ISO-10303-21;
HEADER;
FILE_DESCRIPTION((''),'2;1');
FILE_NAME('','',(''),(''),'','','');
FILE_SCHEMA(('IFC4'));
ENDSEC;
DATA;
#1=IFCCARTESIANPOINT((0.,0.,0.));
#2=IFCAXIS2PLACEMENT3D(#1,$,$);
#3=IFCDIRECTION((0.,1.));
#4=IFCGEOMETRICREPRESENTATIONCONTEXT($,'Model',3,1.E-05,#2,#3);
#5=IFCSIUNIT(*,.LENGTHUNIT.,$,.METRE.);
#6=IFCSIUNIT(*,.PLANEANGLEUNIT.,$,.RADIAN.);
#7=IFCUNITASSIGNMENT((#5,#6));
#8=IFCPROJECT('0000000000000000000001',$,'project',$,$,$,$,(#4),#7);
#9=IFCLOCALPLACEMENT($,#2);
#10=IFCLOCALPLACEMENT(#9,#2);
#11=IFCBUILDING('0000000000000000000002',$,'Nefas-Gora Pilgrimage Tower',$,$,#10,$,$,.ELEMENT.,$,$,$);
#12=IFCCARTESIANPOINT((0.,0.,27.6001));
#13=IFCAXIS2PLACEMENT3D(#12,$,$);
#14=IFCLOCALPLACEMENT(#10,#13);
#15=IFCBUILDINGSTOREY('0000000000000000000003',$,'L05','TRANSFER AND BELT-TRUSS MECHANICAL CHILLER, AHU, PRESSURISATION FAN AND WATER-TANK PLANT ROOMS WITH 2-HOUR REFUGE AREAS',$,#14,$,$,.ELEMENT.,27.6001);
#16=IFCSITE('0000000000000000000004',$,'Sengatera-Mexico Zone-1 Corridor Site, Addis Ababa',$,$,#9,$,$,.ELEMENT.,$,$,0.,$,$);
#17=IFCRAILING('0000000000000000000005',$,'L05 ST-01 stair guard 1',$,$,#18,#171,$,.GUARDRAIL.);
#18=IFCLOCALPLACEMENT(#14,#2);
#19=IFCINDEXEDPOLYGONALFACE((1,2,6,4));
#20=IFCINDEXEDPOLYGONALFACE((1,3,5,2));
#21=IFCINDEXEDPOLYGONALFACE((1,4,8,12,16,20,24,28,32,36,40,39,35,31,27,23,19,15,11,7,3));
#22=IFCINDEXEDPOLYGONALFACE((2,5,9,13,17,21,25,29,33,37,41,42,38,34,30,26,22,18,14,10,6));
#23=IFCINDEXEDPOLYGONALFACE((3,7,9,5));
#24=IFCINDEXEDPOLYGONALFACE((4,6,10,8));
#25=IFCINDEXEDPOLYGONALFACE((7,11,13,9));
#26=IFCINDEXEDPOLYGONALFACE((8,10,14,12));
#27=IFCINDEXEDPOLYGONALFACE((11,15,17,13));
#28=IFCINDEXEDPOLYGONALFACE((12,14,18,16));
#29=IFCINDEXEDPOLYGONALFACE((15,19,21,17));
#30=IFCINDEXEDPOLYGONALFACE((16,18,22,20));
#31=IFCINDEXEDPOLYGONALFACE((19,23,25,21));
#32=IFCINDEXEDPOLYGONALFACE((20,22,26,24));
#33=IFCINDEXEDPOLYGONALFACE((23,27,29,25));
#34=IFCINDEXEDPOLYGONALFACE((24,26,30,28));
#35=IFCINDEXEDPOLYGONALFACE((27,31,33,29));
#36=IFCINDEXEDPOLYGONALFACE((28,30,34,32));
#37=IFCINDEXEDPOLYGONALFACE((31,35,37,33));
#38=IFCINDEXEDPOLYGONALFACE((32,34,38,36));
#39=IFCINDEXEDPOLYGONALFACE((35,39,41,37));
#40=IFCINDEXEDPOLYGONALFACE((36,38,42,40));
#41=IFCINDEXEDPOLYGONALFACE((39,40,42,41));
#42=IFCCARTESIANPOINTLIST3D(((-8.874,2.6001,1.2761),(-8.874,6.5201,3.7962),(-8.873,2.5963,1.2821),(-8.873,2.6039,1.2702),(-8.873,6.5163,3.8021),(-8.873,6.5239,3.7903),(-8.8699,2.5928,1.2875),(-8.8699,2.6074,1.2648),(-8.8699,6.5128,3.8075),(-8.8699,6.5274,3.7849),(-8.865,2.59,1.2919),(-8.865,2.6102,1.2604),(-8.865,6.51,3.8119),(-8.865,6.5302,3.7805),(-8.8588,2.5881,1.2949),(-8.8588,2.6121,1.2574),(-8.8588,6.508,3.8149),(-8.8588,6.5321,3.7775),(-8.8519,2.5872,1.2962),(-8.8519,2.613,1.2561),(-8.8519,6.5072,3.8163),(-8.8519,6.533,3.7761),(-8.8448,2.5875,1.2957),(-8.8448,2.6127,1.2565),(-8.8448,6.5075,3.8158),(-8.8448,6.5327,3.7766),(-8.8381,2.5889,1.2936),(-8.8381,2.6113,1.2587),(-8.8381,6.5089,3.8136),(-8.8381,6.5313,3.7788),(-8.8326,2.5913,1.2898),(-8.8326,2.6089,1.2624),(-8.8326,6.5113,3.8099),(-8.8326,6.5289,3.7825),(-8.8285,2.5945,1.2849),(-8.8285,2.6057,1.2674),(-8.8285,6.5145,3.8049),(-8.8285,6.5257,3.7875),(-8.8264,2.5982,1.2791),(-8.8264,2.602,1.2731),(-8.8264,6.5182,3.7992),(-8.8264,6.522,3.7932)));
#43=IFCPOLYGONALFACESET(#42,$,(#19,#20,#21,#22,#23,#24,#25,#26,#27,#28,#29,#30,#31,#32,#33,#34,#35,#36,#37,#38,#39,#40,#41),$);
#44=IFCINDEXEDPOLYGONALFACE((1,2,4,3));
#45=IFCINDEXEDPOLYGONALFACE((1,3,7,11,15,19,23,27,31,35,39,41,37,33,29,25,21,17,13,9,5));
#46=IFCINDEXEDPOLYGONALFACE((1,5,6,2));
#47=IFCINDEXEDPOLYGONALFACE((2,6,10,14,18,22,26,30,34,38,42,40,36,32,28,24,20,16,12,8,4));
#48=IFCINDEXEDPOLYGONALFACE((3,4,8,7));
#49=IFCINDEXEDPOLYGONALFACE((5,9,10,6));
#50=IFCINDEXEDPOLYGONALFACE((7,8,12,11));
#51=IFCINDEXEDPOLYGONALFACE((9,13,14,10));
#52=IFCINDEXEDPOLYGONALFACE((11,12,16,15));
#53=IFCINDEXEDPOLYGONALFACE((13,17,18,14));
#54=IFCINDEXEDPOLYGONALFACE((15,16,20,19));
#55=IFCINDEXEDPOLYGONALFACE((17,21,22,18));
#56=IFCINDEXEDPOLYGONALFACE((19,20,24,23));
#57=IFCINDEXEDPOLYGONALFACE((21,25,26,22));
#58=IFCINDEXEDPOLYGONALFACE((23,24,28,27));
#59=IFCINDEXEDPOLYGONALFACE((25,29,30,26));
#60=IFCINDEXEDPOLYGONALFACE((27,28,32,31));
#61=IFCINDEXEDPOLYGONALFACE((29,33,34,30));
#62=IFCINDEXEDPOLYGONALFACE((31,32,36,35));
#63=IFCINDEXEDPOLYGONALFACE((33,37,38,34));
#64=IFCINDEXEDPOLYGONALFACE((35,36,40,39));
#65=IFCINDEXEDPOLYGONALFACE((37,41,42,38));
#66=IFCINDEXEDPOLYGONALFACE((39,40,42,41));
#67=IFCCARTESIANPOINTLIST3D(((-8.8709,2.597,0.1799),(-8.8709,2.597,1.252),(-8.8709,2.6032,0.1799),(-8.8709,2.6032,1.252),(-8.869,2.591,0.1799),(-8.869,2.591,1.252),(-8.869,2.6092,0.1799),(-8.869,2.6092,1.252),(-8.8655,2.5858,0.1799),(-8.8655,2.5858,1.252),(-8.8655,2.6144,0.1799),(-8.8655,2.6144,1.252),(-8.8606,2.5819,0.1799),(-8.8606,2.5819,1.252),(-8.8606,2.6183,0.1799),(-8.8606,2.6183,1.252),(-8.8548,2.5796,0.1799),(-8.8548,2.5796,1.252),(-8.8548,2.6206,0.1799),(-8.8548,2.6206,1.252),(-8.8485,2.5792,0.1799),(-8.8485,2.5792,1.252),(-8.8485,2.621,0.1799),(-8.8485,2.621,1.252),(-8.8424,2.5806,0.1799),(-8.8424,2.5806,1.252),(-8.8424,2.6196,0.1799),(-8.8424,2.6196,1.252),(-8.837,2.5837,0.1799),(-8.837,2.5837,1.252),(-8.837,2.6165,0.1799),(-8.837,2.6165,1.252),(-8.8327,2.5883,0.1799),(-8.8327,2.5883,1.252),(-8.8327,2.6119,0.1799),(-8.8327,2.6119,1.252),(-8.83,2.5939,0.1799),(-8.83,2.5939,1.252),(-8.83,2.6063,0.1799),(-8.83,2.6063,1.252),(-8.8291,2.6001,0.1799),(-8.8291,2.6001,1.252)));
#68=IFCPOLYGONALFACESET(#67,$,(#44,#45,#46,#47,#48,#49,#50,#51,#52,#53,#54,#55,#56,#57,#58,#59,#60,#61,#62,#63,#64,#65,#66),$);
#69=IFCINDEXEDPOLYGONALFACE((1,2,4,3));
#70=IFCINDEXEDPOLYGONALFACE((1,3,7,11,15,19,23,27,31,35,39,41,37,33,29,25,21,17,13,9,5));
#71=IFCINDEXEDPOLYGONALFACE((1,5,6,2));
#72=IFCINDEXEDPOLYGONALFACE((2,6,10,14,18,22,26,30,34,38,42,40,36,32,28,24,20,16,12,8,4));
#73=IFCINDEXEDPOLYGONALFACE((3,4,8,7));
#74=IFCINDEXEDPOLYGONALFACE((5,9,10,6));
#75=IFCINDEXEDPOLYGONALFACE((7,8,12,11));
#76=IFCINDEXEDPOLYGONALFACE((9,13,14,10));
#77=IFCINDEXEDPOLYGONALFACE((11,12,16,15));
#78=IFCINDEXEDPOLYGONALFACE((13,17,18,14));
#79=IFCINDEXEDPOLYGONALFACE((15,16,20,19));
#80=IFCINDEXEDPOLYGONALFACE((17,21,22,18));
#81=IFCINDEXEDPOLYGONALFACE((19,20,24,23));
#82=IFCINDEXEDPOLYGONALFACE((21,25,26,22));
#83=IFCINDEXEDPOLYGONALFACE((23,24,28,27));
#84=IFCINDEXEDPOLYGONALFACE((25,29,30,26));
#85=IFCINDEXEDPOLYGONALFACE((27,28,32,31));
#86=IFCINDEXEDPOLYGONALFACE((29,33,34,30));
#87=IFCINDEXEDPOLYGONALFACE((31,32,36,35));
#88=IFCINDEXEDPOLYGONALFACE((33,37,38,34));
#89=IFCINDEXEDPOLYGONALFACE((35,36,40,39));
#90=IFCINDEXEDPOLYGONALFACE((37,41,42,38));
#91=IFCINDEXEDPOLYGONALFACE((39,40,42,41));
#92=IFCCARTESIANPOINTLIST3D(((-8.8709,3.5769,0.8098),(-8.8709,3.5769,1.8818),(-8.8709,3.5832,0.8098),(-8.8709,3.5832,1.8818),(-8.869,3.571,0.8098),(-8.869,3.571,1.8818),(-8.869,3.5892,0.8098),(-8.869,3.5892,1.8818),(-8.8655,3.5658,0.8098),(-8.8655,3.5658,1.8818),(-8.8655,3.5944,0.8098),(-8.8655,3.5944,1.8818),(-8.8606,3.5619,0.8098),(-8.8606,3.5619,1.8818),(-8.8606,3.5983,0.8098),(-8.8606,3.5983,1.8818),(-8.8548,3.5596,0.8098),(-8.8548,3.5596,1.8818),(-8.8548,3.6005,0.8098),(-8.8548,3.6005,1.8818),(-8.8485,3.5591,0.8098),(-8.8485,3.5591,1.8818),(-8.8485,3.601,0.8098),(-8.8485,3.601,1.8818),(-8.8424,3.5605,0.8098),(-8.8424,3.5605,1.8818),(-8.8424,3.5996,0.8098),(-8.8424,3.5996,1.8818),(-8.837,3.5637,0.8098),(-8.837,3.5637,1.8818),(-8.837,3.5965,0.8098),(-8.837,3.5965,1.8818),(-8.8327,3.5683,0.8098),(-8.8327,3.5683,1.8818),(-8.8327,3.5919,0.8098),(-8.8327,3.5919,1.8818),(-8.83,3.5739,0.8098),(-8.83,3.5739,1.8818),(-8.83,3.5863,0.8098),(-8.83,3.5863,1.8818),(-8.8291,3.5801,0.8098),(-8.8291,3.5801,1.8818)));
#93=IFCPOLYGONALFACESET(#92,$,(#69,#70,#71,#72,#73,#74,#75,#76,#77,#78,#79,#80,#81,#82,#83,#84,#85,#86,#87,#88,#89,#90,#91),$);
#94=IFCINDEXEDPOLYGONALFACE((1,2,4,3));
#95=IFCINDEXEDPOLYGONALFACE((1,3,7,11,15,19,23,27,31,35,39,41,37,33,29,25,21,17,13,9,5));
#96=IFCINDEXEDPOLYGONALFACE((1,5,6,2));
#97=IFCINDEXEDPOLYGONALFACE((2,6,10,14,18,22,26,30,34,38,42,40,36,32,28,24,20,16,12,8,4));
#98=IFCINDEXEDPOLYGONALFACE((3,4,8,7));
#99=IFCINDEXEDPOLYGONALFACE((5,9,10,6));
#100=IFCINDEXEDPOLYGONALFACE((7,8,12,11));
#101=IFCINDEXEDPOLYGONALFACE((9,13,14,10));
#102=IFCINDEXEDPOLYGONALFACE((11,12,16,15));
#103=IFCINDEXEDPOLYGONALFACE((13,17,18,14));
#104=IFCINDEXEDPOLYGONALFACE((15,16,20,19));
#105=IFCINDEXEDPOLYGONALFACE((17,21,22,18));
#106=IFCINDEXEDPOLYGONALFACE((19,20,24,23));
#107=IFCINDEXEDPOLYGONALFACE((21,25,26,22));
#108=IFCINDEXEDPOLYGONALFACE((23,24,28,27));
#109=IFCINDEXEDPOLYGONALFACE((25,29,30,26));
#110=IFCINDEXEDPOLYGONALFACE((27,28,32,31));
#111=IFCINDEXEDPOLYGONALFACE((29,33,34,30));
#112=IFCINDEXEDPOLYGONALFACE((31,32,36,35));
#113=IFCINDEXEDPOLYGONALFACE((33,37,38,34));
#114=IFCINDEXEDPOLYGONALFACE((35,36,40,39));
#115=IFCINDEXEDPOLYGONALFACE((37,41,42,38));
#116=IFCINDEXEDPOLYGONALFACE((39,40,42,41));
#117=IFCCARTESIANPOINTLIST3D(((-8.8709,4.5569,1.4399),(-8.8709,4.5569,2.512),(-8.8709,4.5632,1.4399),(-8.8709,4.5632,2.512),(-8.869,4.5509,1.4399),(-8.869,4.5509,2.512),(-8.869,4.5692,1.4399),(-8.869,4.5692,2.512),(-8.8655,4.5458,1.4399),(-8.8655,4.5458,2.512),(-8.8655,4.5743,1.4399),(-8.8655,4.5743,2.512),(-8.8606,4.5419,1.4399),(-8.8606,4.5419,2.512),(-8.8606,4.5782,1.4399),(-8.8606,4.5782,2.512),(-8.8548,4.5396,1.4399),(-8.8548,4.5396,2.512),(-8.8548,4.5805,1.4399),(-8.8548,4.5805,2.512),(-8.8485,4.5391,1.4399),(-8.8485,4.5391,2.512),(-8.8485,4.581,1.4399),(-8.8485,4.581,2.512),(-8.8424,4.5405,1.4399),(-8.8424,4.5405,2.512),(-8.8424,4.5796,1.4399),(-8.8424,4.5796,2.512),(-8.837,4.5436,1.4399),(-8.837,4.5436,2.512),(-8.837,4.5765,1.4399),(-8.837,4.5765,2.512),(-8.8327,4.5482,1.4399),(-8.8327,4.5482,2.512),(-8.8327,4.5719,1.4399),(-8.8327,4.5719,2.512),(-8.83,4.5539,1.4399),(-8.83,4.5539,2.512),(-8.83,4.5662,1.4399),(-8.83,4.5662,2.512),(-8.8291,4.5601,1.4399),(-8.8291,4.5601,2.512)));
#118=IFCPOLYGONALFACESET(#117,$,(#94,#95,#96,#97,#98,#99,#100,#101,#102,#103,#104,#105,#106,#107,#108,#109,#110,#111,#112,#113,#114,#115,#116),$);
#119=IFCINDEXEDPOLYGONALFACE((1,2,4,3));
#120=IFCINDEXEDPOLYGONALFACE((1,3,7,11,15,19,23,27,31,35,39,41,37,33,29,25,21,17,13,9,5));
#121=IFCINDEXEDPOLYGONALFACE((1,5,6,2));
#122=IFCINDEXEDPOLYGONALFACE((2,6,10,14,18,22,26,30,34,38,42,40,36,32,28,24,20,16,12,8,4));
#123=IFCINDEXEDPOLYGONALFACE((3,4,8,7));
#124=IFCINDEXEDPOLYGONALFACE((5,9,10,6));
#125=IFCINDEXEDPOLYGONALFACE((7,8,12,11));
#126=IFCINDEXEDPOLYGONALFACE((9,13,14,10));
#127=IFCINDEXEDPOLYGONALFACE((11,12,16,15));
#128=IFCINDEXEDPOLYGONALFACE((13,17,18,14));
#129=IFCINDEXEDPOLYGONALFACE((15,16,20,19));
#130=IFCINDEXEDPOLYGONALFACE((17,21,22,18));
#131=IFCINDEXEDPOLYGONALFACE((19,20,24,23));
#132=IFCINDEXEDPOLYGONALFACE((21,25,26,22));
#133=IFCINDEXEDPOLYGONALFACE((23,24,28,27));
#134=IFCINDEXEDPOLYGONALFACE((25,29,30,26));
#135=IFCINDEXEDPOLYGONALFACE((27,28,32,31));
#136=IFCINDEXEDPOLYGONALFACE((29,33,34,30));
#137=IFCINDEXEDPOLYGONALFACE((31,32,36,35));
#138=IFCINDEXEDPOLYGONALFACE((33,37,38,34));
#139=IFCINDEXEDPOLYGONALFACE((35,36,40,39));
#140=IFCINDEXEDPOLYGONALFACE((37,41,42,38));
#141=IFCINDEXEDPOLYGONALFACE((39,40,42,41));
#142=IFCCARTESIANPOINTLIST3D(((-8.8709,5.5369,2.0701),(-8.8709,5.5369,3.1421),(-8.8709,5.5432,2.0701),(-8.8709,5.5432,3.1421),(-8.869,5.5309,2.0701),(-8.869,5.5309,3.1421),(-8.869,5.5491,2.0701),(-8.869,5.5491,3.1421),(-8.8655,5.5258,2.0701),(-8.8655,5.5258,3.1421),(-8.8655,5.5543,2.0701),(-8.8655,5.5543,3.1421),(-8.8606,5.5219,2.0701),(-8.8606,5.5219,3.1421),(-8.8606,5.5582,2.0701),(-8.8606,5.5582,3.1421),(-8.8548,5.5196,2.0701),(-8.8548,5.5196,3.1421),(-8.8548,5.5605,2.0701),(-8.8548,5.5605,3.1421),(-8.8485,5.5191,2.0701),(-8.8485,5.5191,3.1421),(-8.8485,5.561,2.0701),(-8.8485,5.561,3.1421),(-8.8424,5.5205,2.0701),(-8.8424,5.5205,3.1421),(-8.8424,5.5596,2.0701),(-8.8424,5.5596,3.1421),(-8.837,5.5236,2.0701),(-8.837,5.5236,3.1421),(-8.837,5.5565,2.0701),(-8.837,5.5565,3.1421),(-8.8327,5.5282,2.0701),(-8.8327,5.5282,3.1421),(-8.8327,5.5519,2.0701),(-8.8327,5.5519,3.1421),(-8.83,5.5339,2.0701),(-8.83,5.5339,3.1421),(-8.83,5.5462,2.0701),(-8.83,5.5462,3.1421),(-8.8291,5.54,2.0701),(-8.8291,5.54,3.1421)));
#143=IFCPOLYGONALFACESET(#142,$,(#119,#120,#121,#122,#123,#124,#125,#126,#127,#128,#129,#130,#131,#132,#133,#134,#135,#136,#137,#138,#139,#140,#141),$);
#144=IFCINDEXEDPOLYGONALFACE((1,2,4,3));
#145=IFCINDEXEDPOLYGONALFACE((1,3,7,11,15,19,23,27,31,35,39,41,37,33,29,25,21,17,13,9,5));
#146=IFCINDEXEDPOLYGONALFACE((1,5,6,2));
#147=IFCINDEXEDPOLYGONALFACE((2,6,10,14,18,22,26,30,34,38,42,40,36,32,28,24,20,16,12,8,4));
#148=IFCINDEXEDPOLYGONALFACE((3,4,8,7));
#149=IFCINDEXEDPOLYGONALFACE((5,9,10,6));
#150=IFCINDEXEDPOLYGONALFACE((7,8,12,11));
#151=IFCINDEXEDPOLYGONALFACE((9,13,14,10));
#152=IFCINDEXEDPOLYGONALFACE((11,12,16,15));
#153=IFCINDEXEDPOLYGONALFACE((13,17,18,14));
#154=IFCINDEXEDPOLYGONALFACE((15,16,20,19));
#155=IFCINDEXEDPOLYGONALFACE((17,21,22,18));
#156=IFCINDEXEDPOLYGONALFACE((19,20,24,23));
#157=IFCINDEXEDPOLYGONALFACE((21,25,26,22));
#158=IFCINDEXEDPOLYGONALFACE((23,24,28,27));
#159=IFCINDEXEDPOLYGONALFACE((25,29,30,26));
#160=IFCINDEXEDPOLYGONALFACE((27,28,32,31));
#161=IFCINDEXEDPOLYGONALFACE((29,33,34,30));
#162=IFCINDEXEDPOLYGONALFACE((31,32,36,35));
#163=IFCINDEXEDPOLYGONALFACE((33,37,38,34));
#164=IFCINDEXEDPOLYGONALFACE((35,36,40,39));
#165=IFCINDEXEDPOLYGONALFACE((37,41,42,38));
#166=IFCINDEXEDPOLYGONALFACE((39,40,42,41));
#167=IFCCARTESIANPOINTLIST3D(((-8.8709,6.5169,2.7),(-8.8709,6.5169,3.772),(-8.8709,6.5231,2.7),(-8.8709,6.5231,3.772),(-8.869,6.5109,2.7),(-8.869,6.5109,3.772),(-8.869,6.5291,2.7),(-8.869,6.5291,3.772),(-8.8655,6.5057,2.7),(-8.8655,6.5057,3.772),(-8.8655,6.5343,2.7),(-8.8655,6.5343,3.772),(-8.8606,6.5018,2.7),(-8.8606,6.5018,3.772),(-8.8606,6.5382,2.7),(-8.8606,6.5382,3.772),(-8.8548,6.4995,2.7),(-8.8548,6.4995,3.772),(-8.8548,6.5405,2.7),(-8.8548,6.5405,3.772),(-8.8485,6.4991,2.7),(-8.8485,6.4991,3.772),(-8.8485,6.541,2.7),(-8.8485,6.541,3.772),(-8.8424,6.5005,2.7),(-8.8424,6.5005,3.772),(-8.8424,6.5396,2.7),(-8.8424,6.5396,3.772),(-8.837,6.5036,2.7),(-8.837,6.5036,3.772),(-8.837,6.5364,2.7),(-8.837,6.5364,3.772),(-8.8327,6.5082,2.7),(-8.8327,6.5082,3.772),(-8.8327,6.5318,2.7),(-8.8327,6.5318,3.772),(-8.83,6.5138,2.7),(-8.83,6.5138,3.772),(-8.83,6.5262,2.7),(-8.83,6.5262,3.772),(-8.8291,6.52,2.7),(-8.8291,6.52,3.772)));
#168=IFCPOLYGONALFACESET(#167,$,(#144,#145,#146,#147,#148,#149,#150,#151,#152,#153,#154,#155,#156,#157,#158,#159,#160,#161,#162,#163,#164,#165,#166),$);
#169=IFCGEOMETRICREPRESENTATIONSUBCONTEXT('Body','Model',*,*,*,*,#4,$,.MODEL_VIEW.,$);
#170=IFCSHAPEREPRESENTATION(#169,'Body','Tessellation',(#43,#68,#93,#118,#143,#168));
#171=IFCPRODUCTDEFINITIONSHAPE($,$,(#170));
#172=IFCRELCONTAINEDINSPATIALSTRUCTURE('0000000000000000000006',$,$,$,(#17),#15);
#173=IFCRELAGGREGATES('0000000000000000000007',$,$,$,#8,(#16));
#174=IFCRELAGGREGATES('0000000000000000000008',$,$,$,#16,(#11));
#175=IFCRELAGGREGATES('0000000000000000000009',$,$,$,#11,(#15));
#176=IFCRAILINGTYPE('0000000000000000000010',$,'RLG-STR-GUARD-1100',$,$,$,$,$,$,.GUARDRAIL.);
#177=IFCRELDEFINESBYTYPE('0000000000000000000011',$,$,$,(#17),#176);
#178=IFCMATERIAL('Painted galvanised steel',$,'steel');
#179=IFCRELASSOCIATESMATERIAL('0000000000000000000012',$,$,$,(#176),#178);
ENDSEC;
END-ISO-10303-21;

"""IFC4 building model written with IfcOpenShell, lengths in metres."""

from ifc_helpers import new_model, si_unit, direction, frame, origin, origin_2d, place, context, subcontext, project, spatial, circle, extrude, material, type_object, element, save


model = new_model("IFC4")

# Units and contexts
model_context = context("Model", 3, precision=1e-05, world=origin(), true_north=direction((0.0, 1.0)))
body_context = subcontext(model_context, "Body", "Model", "MODEL_VIEW")
ifc_project = project(units=[si_unit("LENGTHUNIT", "METRE"), si_unit("PLANEANGLEUNIT", "RADIAN")], contexts=[model_context])

# Site, building, storey
site_placement = place(None, origin())
site = spatial("IfcSite", under=ifc_project, at=site_placement, Name="Sengatera-Mexico Zone-1 Corridor Site, Addis Ababa", CompositionType="ELEMENT", RefElevation=0.0)
building_placement = place(site_placement, origin())
building = spatial("IfcBuilding", under=site, at=building_placement, Name="Nefas-Gora Pilgrimage Tower", CompositionType="ELEMENT")
storey_placement = place(building_placement, frame((0.0, 0.0, 27.6001)))
storey = spatial("IfcBuildingStorey", under=building, at=storey_placement, Name="L05", Description="TRANSFER AND BELT-TRUSS MECHANICAL CHILLER, AHU, PRESSURISATION FAN AND WATER-TANK PLANT ROOMS WITH 2-HOUR REFUGE AREAS", CompositionType="ELEMENT", Elevation=27.6001)

# Railing
ifc_material_1 = material(Name="Painted galvanised steel", Category="steel")
railing_type_1 = type_object("IfcRailingType", Name="RLG-STR-GUARD-1100", PredefinedType="GUARDRAIL", material=ifc_material_1)
railing_1_placement = place(storey_placement, frame((-8.8501, 2.6001, 0.1799)))
element("IfcRailing", 1, at=railing_1_placement, inside=storey, type_object=railing_type_1, Name="L05 ST-01 stair guard 1", PredefinedType="GUARDRAIL", context=body_context, shape_type="SweptSolid", body=[
    extrude(circle(Radius=0.0239, at=origin_2d()), frame((0.0, 0.0, 1.0962), z_axis=(0.0, 0.841172, 0.540768), x_axis=(-1.0, 0.0, 0.0)), (0.0, 0.0, 1.0), 4.6602),
    extrude(circle(Radius=0.021, at=origin_2d()), origin(), (0.0, 0.0, 1.0), 1.072),
    extrude(circle(Radius=0.021, at=origin_2d()), frame((0.0, 0.98, 0.6299)), (0.0, 0.0, 1.0), 1.072),
    extrude(circle(Radius=0.021, at=origin_2d()), frame((0.0, 1.96, 1.26)), (0.0, 0.0, 1.0), 1.072),
    extrude(circle(Radius=0.021, at=origin_2d()), frame((0.0, 2.9399, 1.8901)), (0.0, 0.0, 1.0), 1.072),
    extrude(circle(Radius=0.021, at=origin_2d()), frame((0.0, 3.9199, 2.52)), (0.0, 0.0, 1.0), 1.072),
])

save(model, "model.ifc")
